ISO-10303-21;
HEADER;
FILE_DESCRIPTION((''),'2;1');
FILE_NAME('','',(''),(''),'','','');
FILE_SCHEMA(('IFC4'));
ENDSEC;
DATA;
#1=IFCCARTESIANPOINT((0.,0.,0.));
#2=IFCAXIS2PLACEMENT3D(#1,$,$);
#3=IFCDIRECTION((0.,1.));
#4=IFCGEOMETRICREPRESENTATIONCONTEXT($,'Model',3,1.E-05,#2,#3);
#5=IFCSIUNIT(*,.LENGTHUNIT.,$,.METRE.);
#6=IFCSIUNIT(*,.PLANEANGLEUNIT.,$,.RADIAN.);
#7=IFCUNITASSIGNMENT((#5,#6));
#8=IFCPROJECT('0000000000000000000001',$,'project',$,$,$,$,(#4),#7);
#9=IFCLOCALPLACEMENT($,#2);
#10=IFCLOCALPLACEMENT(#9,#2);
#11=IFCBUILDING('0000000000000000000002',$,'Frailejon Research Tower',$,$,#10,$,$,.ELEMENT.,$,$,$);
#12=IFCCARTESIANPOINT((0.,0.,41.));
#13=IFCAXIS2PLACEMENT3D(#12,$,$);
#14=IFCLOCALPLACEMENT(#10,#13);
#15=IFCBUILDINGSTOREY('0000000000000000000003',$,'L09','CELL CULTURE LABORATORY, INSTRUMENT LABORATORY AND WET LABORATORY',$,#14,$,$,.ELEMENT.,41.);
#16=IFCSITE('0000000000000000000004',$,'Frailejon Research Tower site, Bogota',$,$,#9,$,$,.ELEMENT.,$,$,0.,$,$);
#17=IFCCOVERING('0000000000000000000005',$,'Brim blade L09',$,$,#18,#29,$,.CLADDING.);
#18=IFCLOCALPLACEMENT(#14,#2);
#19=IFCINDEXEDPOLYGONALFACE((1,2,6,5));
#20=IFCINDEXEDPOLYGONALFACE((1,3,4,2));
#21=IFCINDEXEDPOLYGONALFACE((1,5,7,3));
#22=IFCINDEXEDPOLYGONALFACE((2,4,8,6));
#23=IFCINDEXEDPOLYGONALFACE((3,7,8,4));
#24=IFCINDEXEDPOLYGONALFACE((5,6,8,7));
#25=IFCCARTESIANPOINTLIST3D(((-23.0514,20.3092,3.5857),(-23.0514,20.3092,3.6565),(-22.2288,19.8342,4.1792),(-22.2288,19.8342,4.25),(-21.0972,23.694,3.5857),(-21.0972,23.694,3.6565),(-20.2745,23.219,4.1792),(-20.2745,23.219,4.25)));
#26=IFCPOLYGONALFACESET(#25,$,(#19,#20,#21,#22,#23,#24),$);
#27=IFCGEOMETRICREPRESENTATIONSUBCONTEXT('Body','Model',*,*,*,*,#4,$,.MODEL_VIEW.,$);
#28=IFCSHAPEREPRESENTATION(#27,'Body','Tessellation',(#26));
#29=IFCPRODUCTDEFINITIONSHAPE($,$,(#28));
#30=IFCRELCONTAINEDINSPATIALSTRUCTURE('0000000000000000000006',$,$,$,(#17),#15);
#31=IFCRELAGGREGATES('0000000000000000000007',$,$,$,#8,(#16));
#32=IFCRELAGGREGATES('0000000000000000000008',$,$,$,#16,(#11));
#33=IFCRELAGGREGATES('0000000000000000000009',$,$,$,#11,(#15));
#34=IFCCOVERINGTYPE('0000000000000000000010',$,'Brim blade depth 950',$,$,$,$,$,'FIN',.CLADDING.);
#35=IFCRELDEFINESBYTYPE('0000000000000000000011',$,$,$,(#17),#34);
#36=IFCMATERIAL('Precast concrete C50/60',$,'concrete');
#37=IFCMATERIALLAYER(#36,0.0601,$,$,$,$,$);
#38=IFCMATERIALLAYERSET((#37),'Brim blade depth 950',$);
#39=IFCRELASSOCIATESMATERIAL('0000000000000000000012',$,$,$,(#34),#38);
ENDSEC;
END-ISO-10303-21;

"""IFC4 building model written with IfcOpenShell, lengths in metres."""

from ifc_helpers import new_model, si_unit, direction, frame, origin, place, context, subcontext, project, spatial, polyline, outline, extrude, material, layer, layer_set, type_object, element, save


model = new_model("IFC4")

# Units and contexts
model_context = context("Model", 3, precision=1e-05, world=origin(), true_north=direction((0.0, 1.0)))
body_context = subcontext(model_context, "Body", "Model", "MODEL_VIEW")
ifc_project = project(units=[si_unit("LENGTHUNIT", "METRE"), si_unit("PLANEANGLEUNIT", "RADIAN")], contexts=[model_context])

# Site, building, storey
site_placement = place(None, origin())
site = spatial("IfcSite", under=ifc_project, at=site_placement, Name="Frailejon Research Tower site, Bogota", CompositionType="ELEMENT", RefElevation=0.0)
building_placement = place(site_placement, origin())
building = spatial("IfcBuilding", under=site, at=building_placement, Name="Frailejon Research Tower", CompositionType="ELEMENT")
storey_placement = place(building_placement, frame((0.0, 0.0, 41.0)))
storey = spatial("IfcBuildingStorey", under=building, at=storey_placement, Name="L09", Description="CELL CULTURE LABORATORY, INSTRUMENT LABORATORY AND WET LABORATORY", CompositionType="ELEMENT", Elevation=41.0)

# Covering
ifc_material_1 = material(Name="Precast concrete C50/60", Category="concrete")
ifc_layer_1 = layer(ifc_material_1, 0.0601)
ifc_layer_set_1 = layer_set([ifc_layer_1], Name="Brim blade depth 950")
covering_type_1 = type_object("IfcCoveringType", Name="Brim blade depth 950", ElementType="FIN", PredefinedType="CLADDING", material=ifc_layer_set_1)
covering_1_placement = place(storey_placement, frame((-22.2288, 19.8342, 4.25), z_axis=(0.499997, 0.866027, 0.0), x_axis=(-0.866027, 0.499997, 0.0)))
element("IfcCovering", 1, at=covering_1_placement, inside=storey, type_object=covering_type_1, Name="Brim blade L09", PredefinedType="CLADDING", context=body_context, shape_type="SweptSolid", body=[
    extrude(outline(polyline([(0.0, -0.0708), (0.95, -0.6643), (0.95, -0.5935), (0.0, 0.0), (0.0, -0.0708)])), origin(), (0.0, 0.0, 1.0), 3.9084),
])

save(model, "model.ifc")
